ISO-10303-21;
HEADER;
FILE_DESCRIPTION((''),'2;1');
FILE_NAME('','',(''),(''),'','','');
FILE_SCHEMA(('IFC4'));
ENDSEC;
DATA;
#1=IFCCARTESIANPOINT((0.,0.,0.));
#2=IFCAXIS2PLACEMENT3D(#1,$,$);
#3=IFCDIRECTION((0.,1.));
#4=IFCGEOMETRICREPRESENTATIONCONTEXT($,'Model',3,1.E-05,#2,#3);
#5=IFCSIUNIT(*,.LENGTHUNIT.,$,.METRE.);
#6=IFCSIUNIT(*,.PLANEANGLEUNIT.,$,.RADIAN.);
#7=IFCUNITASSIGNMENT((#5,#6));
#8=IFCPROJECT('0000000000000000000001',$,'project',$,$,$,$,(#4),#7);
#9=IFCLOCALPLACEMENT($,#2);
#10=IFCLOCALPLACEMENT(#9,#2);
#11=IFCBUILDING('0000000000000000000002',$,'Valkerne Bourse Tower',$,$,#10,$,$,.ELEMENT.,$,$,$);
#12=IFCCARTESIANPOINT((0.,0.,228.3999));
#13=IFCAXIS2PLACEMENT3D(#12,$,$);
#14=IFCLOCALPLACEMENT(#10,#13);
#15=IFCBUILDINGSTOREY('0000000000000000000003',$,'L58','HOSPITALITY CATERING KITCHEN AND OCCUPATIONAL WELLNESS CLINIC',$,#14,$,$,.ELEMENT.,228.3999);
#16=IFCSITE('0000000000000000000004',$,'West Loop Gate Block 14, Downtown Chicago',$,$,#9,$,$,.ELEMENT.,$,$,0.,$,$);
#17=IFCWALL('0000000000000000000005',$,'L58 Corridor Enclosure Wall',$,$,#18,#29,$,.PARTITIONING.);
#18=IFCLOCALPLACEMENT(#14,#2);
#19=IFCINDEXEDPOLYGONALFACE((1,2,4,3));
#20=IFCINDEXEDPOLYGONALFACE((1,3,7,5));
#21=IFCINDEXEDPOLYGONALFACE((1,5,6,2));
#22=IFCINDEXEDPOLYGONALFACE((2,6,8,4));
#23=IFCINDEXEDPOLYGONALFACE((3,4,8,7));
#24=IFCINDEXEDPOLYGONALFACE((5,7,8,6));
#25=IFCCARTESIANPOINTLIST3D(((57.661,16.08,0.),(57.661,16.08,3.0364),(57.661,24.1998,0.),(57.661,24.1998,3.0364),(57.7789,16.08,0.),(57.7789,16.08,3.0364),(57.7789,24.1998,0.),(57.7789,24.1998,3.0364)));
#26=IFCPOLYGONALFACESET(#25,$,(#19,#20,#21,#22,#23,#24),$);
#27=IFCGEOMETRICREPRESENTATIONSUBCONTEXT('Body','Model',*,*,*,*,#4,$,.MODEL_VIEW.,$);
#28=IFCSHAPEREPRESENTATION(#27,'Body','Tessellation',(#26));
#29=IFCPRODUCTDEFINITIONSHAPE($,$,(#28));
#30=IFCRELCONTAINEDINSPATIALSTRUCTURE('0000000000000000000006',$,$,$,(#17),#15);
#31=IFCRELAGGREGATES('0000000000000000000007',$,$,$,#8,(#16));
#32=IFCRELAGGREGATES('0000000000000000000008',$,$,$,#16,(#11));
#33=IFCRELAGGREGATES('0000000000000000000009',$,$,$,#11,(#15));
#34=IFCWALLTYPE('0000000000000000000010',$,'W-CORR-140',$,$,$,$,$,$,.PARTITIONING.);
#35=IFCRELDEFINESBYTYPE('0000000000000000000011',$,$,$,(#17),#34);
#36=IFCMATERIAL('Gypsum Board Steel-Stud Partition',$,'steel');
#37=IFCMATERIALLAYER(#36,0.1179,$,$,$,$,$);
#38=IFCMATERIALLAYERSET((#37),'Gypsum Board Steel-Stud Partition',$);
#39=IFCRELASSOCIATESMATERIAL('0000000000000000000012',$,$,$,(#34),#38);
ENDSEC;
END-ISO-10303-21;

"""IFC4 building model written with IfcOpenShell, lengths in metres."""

from ifc_helpers import new_model, si_unit, direction, frame, frame_2d, origin, place, context, subcontext, project, spatial, rectangle, extrude, material, layer, layer_set, type_object, element, save


model = new_model("IFC4")

# Units and contexts
model_context = context("Model", 3, precision=1e-05, world=origin(), true_north=direction((0.0, 1.0)))
body_context = subcontext(model_context, "Body", "Model", "MODEL_VIEW")
ifc_project = project(units=[si_unit("LENGTHUNIT", "METRE"), si_unit("PLANEANGLEUNIT", "RADIAN")], contexts=[model_context])

# Site, building, storey
site_placement = place(None, origin())
site = spatial("IfcSite", under=ifc_project, at=site_placement, Name="West Loop Gate Block 14, Downtown Chicago", CompositionType="ELEMENT", RefElevation=0.0)
building_placement = place(site_placement, origin())
building = spatial("IfcBuilding", under=site, at=building_placement, Name="Valkerne Bourse Tower", CompositionType="ELEMENT")
storey_placement = place(building_placement, frame((0.0, 0.0, 228.3999)))
storey = spatial("IfcBuildingStorey", under=building, at=storey_placement, Name="L58", Description="HOSPITALITY CATERING KITCHEN AND OCCUPATIONAL WELLNESS CLINIC", CompositionType="ELEMENT", Elevation=228.3999)

# Shared definitions
ifc_material_1 = material(Name="Gypsum Board Steel-Stud Partition", Category="steel")
ifc_layer_1 = layer(ifc_material_1, 0.1179)
ifc_layer_set_1 = layer_set([ifc_layer_1], Name="Gypsum Board Steel-Stud Partition")
wall_type_1 = type_object("IfcWallType", Name="W-CORR-140", PredefinedType="PARTITIONING", material=ifc_layer_set_1)

# Wall
wall_1_placement = place(storey_placement, frame((57.72, 24.2, 0.0), z_axis=(0.0, 0.0, 1.0), x_axis=(0.0, -1.0, 0.0)))
element("IfcWall", 1, at=wall_1_placement, inside=storey, type_object=wall_type_1, Name="L58 Corridor Enclosure Wall", PredefinedType="PARTITIONING", context=body_context, shape_type="SweptSolid", body=[
    extrude(rectangle(XDim=8.1199, YDim=0.1179, at=frame_2d((4.0601, 0.0))), origin(), (0.0, 0.0, 1.0), 3.0364),
])

save(model, "model.ifc")
